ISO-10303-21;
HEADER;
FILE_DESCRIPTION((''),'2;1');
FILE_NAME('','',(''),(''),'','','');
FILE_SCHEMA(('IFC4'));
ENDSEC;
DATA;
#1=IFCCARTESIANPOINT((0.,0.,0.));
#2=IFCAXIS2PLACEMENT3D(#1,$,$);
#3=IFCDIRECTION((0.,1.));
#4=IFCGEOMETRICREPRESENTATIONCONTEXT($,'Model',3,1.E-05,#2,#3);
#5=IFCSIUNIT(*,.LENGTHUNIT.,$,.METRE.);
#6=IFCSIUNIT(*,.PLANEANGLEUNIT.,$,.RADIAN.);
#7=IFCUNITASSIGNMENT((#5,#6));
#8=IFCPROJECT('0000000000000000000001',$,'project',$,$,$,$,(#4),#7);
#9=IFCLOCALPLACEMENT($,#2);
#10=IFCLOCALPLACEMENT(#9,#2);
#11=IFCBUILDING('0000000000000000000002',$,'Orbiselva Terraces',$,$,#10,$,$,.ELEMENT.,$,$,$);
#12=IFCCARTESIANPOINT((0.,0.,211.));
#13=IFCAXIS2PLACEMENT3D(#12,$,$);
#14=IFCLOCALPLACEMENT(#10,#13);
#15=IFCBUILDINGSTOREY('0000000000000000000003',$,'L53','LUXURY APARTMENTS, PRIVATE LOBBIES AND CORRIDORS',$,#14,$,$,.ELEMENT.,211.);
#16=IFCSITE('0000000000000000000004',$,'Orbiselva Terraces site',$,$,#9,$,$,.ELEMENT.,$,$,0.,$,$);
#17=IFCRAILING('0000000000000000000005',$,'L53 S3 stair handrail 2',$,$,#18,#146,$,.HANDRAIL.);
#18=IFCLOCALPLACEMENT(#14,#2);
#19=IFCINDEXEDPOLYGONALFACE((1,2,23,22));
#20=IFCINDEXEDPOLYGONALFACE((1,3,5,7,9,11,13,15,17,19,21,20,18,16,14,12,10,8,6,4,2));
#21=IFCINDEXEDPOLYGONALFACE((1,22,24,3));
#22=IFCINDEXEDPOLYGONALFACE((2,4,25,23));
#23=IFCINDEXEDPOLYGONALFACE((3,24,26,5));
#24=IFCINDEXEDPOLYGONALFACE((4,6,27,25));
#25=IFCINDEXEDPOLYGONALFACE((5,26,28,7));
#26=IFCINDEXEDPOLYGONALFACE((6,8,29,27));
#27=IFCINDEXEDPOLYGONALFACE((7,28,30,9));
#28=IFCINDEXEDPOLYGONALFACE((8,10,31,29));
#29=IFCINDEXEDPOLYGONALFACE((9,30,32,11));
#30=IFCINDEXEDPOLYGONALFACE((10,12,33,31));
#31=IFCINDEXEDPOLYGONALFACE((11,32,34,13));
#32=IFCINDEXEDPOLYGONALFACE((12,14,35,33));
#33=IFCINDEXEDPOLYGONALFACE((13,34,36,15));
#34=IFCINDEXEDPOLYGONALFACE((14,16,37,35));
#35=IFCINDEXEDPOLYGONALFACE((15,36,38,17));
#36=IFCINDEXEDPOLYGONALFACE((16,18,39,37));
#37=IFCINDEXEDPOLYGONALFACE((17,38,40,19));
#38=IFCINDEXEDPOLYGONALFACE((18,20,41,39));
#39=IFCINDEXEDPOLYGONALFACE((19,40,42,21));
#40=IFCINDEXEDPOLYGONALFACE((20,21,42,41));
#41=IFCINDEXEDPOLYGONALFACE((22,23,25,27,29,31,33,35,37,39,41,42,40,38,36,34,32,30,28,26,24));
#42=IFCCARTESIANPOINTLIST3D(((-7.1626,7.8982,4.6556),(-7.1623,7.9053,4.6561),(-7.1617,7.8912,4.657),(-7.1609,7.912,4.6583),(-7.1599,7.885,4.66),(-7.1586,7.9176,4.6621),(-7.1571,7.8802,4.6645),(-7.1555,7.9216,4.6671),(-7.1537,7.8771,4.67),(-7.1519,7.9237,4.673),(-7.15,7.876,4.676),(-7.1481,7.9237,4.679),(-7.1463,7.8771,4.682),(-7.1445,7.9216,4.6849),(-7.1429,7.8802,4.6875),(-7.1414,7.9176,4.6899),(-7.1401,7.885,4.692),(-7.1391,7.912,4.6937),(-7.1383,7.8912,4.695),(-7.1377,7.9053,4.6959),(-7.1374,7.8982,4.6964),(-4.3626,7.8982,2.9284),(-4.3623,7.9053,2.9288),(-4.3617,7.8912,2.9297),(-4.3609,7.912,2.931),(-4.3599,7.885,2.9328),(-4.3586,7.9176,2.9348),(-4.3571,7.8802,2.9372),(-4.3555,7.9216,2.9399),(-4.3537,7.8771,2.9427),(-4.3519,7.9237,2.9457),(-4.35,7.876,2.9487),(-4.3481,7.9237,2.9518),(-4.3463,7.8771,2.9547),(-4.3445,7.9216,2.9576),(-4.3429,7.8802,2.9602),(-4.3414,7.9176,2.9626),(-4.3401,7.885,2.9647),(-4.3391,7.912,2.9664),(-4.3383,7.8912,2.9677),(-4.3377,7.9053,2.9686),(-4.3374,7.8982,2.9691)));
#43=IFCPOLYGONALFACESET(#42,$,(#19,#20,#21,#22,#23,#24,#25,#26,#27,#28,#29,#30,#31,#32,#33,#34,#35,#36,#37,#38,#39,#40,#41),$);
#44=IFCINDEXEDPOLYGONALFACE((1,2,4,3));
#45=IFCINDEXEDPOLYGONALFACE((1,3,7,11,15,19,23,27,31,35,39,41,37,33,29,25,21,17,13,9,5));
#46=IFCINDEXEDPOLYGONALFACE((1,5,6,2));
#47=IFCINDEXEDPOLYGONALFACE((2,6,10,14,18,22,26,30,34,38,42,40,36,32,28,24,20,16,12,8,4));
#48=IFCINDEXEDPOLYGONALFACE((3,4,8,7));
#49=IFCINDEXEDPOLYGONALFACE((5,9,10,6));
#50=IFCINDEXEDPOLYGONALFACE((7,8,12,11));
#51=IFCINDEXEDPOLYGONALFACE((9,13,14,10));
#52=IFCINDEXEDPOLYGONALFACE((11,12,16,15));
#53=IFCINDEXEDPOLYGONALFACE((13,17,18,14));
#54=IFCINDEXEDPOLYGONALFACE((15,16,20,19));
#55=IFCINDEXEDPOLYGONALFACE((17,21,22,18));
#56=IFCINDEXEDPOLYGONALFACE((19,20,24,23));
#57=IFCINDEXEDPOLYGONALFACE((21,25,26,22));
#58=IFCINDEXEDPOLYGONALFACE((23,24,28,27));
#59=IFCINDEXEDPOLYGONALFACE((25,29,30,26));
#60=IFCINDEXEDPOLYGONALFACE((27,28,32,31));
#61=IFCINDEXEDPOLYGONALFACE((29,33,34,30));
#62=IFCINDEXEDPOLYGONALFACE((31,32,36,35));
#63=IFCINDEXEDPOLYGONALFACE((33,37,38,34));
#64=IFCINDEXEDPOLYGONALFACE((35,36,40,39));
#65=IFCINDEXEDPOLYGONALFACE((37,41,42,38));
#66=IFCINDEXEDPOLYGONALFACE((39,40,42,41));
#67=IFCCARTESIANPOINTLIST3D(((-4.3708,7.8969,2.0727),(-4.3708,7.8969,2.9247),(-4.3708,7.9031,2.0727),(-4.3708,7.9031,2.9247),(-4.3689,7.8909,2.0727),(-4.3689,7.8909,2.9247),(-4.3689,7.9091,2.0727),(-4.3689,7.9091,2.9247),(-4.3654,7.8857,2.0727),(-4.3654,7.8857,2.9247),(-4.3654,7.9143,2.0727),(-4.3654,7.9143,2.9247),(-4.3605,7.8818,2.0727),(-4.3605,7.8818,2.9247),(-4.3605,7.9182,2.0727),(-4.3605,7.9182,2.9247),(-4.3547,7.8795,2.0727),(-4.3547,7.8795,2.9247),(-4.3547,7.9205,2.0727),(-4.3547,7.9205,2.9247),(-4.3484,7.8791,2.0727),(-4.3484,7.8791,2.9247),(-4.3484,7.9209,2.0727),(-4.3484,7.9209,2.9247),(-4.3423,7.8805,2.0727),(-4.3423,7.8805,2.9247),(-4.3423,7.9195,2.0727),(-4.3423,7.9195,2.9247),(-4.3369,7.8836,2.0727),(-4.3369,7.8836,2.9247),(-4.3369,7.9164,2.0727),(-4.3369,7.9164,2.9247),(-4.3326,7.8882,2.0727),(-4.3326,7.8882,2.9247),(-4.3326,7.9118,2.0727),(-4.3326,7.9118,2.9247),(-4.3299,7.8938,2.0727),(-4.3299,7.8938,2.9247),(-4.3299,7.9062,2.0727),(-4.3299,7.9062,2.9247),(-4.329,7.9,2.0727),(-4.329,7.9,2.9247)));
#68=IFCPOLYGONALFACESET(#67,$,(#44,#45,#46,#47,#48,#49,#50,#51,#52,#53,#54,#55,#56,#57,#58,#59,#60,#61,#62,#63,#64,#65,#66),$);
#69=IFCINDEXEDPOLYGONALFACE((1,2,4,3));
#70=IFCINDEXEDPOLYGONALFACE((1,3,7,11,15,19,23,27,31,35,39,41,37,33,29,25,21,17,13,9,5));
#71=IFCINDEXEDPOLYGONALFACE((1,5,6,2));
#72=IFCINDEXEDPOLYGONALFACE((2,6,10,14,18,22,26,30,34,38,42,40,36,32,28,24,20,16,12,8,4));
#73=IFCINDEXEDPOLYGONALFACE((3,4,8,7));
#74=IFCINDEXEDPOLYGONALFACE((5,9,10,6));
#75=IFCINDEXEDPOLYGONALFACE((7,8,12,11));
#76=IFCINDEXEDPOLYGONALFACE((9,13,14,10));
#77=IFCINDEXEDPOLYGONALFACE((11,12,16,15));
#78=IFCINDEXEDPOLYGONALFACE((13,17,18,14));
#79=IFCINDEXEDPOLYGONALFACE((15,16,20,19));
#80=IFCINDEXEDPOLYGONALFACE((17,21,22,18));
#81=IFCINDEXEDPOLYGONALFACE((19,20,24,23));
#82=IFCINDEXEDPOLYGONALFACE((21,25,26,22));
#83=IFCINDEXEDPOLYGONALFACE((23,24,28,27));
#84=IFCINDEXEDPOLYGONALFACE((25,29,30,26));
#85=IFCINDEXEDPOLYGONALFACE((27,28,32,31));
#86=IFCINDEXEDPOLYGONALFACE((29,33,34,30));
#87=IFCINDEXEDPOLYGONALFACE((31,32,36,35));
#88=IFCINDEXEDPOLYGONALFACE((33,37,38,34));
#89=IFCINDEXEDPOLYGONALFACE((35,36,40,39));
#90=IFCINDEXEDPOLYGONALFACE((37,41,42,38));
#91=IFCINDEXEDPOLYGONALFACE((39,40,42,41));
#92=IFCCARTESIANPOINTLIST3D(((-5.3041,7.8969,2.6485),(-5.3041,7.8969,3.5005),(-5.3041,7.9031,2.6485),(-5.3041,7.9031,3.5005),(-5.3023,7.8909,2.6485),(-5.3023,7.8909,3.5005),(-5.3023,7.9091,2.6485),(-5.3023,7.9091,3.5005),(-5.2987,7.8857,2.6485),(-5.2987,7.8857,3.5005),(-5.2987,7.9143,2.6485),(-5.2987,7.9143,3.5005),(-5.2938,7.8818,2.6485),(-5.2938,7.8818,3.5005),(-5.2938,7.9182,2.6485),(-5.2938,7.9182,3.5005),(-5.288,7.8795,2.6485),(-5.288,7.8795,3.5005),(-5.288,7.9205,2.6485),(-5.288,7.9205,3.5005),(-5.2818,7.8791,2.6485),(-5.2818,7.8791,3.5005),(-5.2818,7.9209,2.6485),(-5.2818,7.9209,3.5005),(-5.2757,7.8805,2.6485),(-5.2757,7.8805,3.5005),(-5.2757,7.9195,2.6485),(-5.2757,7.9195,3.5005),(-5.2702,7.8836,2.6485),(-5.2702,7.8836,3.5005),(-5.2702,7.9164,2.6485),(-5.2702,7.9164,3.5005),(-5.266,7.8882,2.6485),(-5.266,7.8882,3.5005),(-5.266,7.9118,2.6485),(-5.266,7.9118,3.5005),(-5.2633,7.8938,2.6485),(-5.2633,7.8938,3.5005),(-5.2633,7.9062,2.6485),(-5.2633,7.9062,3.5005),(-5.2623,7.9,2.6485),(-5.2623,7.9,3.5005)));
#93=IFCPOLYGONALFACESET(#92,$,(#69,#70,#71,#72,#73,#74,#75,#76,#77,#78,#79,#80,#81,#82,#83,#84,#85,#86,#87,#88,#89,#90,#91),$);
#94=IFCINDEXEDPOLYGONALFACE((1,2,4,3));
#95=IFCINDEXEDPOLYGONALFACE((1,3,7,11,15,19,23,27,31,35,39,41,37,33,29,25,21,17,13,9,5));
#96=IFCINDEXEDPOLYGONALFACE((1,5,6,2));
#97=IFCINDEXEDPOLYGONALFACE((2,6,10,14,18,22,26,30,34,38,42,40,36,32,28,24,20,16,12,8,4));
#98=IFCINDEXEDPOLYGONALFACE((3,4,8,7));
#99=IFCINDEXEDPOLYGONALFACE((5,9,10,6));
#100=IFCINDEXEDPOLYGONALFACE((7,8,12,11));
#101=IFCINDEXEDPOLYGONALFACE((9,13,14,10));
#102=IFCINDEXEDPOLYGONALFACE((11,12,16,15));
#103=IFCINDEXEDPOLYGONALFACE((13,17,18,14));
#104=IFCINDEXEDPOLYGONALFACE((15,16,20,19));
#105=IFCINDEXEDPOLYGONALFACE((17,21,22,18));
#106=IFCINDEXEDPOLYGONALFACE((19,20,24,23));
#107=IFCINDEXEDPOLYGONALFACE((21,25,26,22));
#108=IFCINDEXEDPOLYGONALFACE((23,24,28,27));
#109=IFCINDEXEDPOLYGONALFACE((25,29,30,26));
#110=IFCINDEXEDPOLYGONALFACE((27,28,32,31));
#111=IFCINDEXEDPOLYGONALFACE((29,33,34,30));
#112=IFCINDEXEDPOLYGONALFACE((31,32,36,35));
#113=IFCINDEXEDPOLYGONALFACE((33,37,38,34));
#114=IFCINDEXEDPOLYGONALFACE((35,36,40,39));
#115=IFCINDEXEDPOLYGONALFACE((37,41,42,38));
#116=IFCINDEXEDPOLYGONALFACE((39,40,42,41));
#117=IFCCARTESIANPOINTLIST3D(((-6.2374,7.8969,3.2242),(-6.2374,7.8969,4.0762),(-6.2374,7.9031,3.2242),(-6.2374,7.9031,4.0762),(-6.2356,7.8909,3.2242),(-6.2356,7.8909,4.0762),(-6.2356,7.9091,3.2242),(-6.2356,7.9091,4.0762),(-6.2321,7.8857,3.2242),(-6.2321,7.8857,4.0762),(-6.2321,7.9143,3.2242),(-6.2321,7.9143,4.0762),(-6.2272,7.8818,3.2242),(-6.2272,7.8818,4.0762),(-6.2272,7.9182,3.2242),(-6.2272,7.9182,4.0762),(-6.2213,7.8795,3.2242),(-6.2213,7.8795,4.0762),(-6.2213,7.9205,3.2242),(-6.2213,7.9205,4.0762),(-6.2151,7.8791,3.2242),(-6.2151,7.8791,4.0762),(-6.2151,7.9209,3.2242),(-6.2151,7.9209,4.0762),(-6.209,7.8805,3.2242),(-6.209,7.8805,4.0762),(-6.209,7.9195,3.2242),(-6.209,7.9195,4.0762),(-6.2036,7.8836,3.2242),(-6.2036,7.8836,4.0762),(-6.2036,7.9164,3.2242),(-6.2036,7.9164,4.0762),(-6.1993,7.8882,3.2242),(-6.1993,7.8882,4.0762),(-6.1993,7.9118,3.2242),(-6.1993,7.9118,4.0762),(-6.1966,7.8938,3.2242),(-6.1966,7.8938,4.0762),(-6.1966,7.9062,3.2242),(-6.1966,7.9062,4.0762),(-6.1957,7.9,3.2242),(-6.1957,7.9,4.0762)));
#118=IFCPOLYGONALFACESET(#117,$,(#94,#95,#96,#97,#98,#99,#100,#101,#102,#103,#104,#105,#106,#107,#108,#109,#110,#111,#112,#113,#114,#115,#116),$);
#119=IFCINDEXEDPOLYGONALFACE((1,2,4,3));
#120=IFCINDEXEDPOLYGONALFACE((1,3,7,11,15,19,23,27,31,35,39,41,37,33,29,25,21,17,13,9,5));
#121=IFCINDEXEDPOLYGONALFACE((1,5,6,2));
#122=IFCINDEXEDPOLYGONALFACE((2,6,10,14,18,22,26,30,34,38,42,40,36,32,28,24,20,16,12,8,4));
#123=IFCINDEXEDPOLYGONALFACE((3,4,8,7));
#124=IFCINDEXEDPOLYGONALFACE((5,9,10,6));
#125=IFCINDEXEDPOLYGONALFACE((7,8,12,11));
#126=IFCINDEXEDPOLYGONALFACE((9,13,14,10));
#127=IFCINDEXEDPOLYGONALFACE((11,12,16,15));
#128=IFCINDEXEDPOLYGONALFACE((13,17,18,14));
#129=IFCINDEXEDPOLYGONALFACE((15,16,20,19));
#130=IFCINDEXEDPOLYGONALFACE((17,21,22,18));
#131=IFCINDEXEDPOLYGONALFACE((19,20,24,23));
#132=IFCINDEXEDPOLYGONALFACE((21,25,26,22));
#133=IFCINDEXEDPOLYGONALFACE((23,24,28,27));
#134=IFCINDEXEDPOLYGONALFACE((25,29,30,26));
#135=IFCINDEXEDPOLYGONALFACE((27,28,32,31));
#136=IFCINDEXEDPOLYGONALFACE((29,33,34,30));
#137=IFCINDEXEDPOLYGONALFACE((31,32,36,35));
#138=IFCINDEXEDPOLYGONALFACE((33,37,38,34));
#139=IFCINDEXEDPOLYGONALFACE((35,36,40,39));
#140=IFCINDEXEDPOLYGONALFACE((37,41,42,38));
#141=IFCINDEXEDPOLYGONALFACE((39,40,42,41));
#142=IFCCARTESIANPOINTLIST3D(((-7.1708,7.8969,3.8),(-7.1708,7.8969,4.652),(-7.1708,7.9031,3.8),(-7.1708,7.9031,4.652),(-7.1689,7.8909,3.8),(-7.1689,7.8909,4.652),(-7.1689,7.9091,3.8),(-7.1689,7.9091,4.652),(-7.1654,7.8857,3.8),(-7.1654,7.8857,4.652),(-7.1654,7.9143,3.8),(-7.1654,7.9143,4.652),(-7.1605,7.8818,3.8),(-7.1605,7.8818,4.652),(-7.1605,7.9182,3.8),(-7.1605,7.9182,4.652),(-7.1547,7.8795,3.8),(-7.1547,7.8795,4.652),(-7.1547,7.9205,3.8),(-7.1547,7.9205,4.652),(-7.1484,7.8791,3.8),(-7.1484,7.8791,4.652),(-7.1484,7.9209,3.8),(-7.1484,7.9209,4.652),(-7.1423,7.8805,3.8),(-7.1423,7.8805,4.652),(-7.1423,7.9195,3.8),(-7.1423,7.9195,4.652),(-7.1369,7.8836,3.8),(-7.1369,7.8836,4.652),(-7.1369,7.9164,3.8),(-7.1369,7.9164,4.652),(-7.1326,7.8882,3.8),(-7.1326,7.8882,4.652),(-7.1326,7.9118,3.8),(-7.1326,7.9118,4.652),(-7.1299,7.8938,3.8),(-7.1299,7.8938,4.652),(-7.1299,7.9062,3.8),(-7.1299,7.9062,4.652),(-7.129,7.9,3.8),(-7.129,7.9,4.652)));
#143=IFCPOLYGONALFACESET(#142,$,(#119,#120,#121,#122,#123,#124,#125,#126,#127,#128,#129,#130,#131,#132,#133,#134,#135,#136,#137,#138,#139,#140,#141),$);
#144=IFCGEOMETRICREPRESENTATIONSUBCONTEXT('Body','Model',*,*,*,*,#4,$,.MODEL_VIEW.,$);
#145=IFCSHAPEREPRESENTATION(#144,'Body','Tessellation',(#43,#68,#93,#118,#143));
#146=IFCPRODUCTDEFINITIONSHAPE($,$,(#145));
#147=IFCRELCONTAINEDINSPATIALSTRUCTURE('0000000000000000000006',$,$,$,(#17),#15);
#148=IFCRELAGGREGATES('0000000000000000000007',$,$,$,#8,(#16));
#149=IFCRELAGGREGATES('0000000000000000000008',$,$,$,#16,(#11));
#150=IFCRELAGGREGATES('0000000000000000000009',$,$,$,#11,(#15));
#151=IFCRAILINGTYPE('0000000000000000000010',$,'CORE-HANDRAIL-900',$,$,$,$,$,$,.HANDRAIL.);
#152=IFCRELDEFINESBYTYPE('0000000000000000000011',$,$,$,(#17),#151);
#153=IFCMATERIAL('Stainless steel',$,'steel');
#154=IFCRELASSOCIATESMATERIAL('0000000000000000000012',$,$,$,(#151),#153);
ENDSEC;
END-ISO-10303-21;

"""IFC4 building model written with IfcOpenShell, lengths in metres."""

from ifc_helpers import new_model, si_unit, direction, frame, origin, origin_2d, place, context, subcontext, project, spatial, circle, extrude, material, type_object, element, save


model = new_model("IFC4")

# Units and contexts
model_context = context("Model", 3, precision=1e-05, world=origin(), true_north=direction((0.0, 1.0)))
body_context = subcontext(model_context, "Body", "Model", "MODEL_VIEW")
ifc_project = project(units=[si_unit("LENGTHUNIT", "METRE"), si_unit("PLANEANGLEUNIT", "RADIAN")], contexts=[model_context])

# Site, building, storey
site_placement = place(None, origin())
site = spatial("IfcSite", under=ifc_project, at=site_placement, Name="Orbiselva Terraces site", CompositionType="ELEMENT", RefElevation=0.0)
building_placement = place(site_placement, origin())
building = spatial("IfcBuilding", under=site, at=building_placement, Name="Orbiselva Terraces", CompositionType="ELEMENT")
storey_placement = place(building_placement, frame((0.0, 0.0, 211.0)))
storey = spatial("IfcBuildingStorey", under=building, at=storey_placement, Name="L53", Description="LUXURY APARTMENTS, PRIVATE LOBBIES AND CORRIDORS", CompositionType="ELEMENT", Elevation=211.0)

# Railing
ifc_material_1 = material(Name="Stainless steel", Category="steel")
railing_type_1 = type_object("IfcRailingType", Name="CORE-HANDRAIL-900", PredefinedType="HANDRAIL", material=ifc_material_1)
railing_1_placement = place(storey_placement, frame((-4.35, 7.9, 2.0727)))
element("IfcRailing", 1, at=railing_1_placement, inside=storey, type_object=railing_type_1, Name="L53 S3 stair handrail 2", PredefinedType="HANDRAIL", context=body_context, shape_type="SweptSolid", body=[
    extrude(circle(Radius=0.024, at=origin_2d()), frame((0.0, 0.0, 0.876), z_axis=(-0.851089, 0.0, 0.525022), x_axis=(0.0, -1.0, 0.0)), (0.0, 0.0, 1.0), 3.2899),
    extrude(circle(Radius=0.021, at=origin_2d()), origin(), (0.0, 0.0, 1.0), 0.852),
    extrude(circle(Radius=0.021, at=origin_2d()), frame((-0.9333, 0.0, 0.5758)), (0.0, 0.0, 1.0), 0.852),
    extrude(circle(Radius=0.021, at=origin_2d()), frame((-1.8667, 0.0, 1.1515)), (0.0, 0.0, 1.0), 0.852),
    extrude(circle(Radius=0.021, at=origin_2d()), frame((-2.8, 0.0, 1.7273)), (0.0, 0.0, 1.0), 0.852),
])

save(model, "model.ifc")
